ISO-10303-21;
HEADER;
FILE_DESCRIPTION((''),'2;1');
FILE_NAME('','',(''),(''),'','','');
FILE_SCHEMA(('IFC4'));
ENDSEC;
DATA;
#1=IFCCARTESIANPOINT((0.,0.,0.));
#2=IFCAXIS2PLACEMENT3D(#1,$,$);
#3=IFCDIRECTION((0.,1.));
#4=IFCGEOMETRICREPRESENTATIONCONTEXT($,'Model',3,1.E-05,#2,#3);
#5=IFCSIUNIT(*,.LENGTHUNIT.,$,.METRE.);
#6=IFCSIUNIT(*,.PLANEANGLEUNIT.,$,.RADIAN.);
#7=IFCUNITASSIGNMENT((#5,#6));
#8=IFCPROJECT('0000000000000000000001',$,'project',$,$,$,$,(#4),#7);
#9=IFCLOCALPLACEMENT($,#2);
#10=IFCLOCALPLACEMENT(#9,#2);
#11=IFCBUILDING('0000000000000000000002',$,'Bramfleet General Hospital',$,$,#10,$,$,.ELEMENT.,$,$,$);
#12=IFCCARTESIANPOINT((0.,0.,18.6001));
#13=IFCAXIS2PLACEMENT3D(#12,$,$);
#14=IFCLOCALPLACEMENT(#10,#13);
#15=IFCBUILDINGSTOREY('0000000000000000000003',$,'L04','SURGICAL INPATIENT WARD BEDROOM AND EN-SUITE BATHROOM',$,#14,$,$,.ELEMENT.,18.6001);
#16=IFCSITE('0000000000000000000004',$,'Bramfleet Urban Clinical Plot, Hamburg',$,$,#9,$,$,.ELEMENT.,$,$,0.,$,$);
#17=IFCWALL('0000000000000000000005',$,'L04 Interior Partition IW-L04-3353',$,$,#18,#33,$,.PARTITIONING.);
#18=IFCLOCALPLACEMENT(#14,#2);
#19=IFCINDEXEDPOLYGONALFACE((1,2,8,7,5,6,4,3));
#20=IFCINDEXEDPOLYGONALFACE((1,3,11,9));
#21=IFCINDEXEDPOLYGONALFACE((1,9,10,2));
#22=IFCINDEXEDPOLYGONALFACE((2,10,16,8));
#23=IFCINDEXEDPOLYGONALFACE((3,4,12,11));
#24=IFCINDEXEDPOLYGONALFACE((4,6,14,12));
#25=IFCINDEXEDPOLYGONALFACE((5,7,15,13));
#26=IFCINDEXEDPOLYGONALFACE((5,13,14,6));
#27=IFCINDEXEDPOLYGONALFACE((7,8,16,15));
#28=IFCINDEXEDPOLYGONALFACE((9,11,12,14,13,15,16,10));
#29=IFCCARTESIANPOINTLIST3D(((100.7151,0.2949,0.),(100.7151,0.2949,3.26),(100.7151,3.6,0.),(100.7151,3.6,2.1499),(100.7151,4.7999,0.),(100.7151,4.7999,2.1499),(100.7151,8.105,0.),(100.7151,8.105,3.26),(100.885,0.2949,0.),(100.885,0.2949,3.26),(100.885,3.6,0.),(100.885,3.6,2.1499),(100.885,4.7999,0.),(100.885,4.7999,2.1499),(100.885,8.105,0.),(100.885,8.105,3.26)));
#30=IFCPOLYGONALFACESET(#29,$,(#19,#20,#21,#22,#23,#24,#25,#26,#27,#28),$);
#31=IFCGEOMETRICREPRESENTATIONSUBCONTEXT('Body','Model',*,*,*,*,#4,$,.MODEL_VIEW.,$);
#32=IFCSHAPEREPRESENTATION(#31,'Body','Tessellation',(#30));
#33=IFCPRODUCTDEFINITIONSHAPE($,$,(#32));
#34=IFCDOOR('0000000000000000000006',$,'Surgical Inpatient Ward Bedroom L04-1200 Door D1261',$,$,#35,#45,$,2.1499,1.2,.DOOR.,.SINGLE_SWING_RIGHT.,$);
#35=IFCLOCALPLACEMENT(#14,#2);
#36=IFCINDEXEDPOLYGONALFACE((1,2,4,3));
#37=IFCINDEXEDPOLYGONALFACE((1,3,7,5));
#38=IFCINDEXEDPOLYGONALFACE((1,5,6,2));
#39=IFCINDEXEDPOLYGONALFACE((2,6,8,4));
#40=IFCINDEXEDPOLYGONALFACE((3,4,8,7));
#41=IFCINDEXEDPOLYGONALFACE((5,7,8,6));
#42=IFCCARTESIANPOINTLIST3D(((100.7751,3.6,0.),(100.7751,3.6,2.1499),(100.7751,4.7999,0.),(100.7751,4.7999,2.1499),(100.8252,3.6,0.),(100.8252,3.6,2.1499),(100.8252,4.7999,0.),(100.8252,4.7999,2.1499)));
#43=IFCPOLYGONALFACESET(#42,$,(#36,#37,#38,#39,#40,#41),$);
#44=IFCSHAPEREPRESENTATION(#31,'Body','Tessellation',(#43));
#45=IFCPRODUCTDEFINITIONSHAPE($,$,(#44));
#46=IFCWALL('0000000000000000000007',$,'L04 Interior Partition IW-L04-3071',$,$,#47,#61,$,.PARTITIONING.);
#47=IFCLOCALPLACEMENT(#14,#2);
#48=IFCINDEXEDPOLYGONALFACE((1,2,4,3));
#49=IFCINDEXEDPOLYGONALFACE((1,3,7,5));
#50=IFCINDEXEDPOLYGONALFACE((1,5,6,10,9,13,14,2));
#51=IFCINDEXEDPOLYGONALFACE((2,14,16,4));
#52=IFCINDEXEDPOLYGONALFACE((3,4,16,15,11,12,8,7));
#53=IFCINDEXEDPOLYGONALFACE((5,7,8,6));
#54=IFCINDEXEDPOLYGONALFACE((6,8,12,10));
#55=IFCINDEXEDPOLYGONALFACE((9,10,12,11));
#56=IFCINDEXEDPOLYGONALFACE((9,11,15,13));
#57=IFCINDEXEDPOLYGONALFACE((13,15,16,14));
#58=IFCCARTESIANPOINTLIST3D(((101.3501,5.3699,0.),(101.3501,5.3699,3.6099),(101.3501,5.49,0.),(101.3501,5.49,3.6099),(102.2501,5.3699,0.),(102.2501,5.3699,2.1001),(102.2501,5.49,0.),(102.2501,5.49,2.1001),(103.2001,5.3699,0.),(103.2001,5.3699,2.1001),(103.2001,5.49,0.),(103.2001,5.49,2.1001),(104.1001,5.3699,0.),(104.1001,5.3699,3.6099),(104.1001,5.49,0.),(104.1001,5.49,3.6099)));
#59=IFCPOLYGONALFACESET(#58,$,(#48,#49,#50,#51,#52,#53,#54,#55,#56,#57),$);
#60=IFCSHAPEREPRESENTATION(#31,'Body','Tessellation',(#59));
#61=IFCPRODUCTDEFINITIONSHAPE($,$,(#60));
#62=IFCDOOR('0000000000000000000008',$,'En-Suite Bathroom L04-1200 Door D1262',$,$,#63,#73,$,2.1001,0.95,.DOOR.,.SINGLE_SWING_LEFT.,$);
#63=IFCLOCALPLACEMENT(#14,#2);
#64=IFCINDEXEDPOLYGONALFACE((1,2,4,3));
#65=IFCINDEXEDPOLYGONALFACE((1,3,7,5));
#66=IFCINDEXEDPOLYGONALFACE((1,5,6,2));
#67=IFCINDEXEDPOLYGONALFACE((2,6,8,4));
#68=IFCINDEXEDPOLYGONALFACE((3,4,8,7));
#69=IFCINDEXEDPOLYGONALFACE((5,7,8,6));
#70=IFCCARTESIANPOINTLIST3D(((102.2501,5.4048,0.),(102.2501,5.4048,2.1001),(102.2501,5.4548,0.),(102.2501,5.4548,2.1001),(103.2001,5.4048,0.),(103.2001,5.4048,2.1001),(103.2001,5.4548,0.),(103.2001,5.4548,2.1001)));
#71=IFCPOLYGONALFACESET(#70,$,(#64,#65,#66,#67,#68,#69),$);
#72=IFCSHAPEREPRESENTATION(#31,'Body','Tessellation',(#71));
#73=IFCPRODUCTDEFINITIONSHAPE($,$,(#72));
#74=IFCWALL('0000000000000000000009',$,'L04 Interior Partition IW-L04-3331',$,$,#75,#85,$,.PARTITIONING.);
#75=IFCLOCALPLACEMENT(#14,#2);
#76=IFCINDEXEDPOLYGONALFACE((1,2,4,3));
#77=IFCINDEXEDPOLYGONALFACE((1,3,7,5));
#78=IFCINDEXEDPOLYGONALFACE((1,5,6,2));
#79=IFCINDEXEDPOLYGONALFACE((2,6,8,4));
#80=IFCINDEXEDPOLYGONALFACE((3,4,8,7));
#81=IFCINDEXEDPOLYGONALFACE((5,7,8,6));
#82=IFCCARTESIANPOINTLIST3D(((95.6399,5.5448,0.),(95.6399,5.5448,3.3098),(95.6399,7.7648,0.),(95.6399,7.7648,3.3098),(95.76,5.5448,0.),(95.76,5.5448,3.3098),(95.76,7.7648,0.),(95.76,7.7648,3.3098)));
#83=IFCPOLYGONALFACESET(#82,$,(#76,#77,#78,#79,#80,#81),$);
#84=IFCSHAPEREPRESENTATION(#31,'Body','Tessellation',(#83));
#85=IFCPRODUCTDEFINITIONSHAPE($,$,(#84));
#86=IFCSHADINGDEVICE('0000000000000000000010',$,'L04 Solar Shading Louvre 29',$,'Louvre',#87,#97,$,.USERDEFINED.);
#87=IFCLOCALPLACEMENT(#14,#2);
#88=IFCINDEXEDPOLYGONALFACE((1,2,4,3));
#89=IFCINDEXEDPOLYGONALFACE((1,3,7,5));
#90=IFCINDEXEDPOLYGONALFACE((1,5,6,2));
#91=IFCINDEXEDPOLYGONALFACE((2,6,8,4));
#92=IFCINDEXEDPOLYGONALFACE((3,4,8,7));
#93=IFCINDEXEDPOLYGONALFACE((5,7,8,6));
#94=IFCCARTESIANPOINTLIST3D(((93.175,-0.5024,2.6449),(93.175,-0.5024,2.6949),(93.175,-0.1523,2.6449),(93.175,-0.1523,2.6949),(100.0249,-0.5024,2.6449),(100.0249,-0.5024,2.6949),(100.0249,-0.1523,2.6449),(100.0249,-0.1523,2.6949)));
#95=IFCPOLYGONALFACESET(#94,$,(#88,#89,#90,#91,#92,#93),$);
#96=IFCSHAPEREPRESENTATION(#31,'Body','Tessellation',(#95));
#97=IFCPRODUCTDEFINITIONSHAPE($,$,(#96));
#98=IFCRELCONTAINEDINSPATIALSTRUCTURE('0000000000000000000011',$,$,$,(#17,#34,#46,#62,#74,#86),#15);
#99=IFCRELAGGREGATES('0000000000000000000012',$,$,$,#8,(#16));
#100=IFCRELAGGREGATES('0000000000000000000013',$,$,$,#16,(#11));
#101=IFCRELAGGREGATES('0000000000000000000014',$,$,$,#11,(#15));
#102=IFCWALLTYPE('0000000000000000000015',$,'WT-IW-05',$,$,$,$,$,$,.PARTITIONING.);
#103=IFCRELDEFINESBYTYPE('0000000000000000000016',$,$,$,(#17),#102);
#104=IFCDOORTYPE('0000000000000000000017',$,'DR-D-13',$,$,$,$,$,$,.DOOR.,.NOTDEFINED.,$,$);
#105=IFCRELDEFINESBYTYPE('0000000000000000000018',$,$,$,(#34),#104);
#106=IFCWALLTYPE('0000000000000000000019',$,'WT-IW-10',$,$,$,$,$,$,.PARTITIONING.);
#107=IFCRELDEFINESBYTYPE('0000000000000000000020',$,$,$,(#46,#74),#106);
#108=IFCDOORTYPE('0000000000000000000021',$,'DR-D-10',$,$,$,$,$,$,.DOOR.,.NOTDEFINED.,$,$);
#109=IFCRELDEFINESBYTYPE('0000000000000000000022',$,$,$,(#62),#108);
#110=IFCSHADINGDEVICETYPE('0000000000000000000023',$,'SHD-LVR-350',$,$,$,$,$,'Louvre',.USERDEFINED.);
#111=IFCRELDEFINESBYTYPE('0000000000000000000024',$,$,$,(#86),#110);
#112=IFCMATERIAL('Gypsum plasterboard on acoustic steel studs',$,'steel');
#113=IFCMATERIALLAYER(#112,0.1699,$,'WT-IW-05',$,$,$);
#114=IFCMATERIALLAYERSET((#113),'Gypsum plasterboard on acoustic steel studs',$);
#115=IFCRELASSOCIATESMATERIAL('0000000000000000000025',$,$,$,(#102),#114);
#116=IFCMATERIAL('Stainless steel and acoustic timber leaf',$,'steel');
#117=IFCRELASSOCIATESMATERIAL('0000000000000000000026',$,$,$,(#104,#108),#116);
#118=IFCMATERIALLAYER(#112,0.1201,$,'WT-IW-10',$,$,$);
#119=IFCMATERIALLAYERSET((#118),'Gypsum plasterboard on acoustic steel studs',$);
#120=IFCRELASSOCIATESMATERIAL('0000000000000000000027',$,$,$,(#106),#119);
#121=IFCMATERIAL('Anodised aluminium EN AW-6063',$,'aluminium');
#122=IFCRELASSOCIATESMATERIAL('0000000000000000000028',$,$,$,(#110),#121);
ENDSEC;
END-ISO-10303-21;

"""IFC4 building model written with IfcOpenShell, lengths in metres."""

from ifc_helpers import new_model, si_unit, direction, frame, frame_2d, origin, origin_2d, place, context, subcontext, project, spatial, rectangle, extrude, material, layer, layer_set, material_profile, profile_set, type_object, element, fill, save


model = new_model("IFC4")

# Units and contexts
model_context = context("Model", 3, precision=1e-05, world=origin(), true_north=direction((0.0, 1.0)))
body_context = subcontext(model_context, "Body", "Model", "MODEL_VIEW")
ifc_project = project(units=[si_unit("LENGTHUNIT", "METRE"), si_unit("PLANEANGLEUNIT", "RADIAN")], contexts=[model_context])

# Site, building, storey
site_placement = place(None, origin())
site = spatial("IfcSite", under=ifc_project, at=site_placement, Name="Bramfleet Urban Clinical Plot, Hamburg", CompositionType="ELEMENT", RefElevation=0.0)
building_placement = place(site_placement, origin())
building = spatial("IfcBuilding", under=site, at=building_placement, Name="Bramfleet General Hospital", CompositionType="ELEMENT")
storey_placement = place(building_placement, frame((0.0, 0.0, 18.6001)))
storey = spatial("IfcBuildingStorey", under=building, at=storey_placement, Name="L04", Description="SURGICAL INPATIENT WARD BEDROOM AND EN-SUITE BATHROOM", CompositionType="ELEMENT", Elevation=18.6001)

# Walls, openings, doors
ifc_material_1 = material(Name="Gypsum plasterboard on acoustic steel studs", Category="steel")
ifc_layer_1 = layer(ifc_material_1, 0.1699, Name="WT-IW-05")
ifc_layer_set_1 = layer_set([ifc_layer_1], Name="Gypsum plasterboard on acoustic steel studs")
wall_type_1 = type_object("IfcWallType", Name="WT-IW-05", PredefinedType="PARTITIONING", material=ifc_layer_set_1)
wall_1_placement = place(storey_placement, frame((100.8, 0.2949, 0.0), z_axis=(0.0, 0.0, 1.0), x_axis=(0.0, 1.0, 0.0)))
wall_1 = element("IfcWall", 1, at=wall_1_placement, inside=storey, type_object=wall_type_1, Name="L04 Interior Partition IW-L04-3353", PredefinedType="PARTITIONING", context=body_context, shape_type="SweptSolid", body=[
    extrude(rectangle(XDim=7.8101, YDim=0.1699, at=frame_2d((3.905, 0.0))), origin(), (0.0, 0.0, 1.0), 3.26),
])
opening_1_placement = place(wall_1_placement, frame((3.3049, 0.0, 0.0)))
opening_1 = element("IfcOpeningElement", 2, at=opening_1_placement, cuts=wall_1, PredefinedType="OPENING", context=body_context, shape_type="SweptSolid", body=[
    extrude(rectangle(XDim=1.2, YDim=2.1499, at=frame_2d((0.6001, 1.075))), frame((0.0, 0.095, 0.0), z_axis=(0.0, -1.0, 0.0), x_axis=(1.0, 0.0, 0.0)), (0.0, 0.0, 1.0), 0.1899),
])
ifc_material_2 = material(Name="Stainless steel and acoustic timber leaf", Category="steel")
door_type_1 = type_object("IfcDoorType", Name="DR-D-13", OperationType="NOTDEFINED", PredefinedType="DOOR", material=ifc_material_2)
door_1_placement = place(opening_1_placement, origin())
door_1 = element("IfcDoor", 3, at=door_1_placement, inside=storey, type_object=door_type_1, Name="Surgical Inpatient Ward Bedroom L04-1200 Door D1261", OperationType="SINGLE_SWING_RIGHT", OverallHeight=2.1499, OverallWidth=1.2, PredefinedType="DOOR", context=body_context, shape_type="SweptSolid", body=[
    extrude(rectangle(XDim=1.2, YDim=2.1499, at=frame_2d((0.6001, 1.075))), frame((0.0, 0.0249, 0.0), z_axis=(0.0, -1.0, 0.0), x_axis=(1.0, 0.0, 0.0)), (0.0, 0.0, 1.0), 0.05),
])
fill(opening_1, door_1)
ifc_layer_2 = layer(ifc_material_1, 0.1201, Name="WT-IW-10")
ifc_layer_set_2 = layer_set([ifc_layer_2], Name="Gypsum plasterboard on acoustic steel studs")
wall_type_2 = type_object("IfcWallType", Name="WT-IW-10", PredefinedType="PARTITIONING", material=ifc_layer_set_2)
wall_2_placement = place(storey_placement, frame((101.3501, 5.4299, 0.0), z_axis=(0.0, 0.0, 1.0), x_axis=(1.0, 0.0, 0.0)))
wall_2 = element("IfcWall", 4, at=wall_2_placement, inside=storey, type_object=wall_type_2, Name="L04 Interior Partition IW-L04-3071", PredefinedType="PARTITIONING", context=body_context, shape_type="SweptSolid", body=[
    extrude(rectangle(XDim=2.75, YDim=0.1201, at=frame_2d((1.375, 0.0))), origin(), (0.0, 0.0, 1.0), 3.6099),
])
opening_2_placement = place(wall_2_placement, frame((0.8999, 0.0, 0.0)))
opening_2 = element("IfcOpeningElement", 5, at=opening_2_placement, cuts=wall_2, PredefinedType="OPENING", context=body_context, shape_type="SweptSolid", body=[
    extrude(rectangle(XDim=0.95, YDim=2.1001, at=frame_2d((0.4751, 1.05))), frame((0.0, 0.0701, 0.0), z_axis=(0.0, -1.0, 0.0), x_axis=(1.0, 0.0, 0.0)), (0.0, 0.0, 1.0), 0.1401),
])
door_type_2 = type_object("IfcDoorType", Name="DR-D-10", OperationType="NOTDEFINED", PredefinedType="DOOR", material=ifc_material_2)
door_2_placement = place(opening_2_placement, origin())
door_2 = element("IfcDoor", 6, at=door_2_placement, inside=storey, type_object=door_type_2, Name="En-Suite Bathroom L04-1200 Door D1262", OperationType="SINGLE_SWING_LEFT", OverallHeight=2.1001, OverallWidth=0.95, PredefinedType="DOOR", context=body_context, shape_type="SweptSolid", body=[
    extrude(rectangle(XDim=0.95, YDim=2.1001, at=frame_2d((0.4751, 1.05))), frame((0.0, 0.0249, 0.0), z_axis=(0.0, -1.0, 0.0), x_axis=(1.0, 0.0, 0.0)), (0.0, 0.0, 1.0), 0.05),
])
fill(opening_2, door_2)

# Wall
wall_3_placement = place(storey_placement, frame((95.7, 5.5449, 0.0), z_axis=(0.0, 0.0, 1.0), x_axis=(0.0, 1.0, 0.0)))
element("IfcWall", 7, at=wall_3_placement, inside=storey, type_object=wall_type_2, Name="L04 Interior Partition IW-L04-3331", PredefinedType="PARTITIONING", context=body_context, shape_type="SweptSolid", body=[
    extrude(rectangle(XDim=2.22, YDim=0.1201, at=frame_2d((1.1099, 0.0))), origin(), (0.0, 0.0, 1.0), 3.3098),
])

# Shading device
ifc_material_3 = material(Name="Anodised aluminium EN AW-6063", Category="aluminium")
ifc_material_profile_1 = material_profile(ifc_material_3, rectangle(XDim=0.05, YDim=0.3501, at=origin_2d()), Name="ALU LOUVRE 350x50")
ifc_profile_set_1 = profile_set([ifc_material_profile_1], Name="Anodised aluminium EN AW-6063")
shading_device_type = type_object("IfcShadingDeviceType", Name="SHD-LVR-350", ElementType="Louvre", PredefinedType="USERDEFINED", material=ifc_profile_set_1)
shading_device_placement = place(storey_placement, frame((100.0249, -0.3274, 2.6699), z_axis=(-1.0, 0.0, 0.0), x_axis=(0.0, 0.0, 1.0)))
element("IfcShadingDevice", 8, at=shading_device_placement, inside=storey, type_object=shading_device_type, Name="L04 Solar Shading Louvre 29", ObjectType="Louvre", PredefinedType="USERDEFINED", context=body_context, shape_type="SweptSolid", body=[
    extrude(rectangle(XDim=0.05, YDim=0.3501, at=origin_2d()), origin(), (0.0, 0.0, 1.0), 6.8499),
])

save(model, "model.ifc")
